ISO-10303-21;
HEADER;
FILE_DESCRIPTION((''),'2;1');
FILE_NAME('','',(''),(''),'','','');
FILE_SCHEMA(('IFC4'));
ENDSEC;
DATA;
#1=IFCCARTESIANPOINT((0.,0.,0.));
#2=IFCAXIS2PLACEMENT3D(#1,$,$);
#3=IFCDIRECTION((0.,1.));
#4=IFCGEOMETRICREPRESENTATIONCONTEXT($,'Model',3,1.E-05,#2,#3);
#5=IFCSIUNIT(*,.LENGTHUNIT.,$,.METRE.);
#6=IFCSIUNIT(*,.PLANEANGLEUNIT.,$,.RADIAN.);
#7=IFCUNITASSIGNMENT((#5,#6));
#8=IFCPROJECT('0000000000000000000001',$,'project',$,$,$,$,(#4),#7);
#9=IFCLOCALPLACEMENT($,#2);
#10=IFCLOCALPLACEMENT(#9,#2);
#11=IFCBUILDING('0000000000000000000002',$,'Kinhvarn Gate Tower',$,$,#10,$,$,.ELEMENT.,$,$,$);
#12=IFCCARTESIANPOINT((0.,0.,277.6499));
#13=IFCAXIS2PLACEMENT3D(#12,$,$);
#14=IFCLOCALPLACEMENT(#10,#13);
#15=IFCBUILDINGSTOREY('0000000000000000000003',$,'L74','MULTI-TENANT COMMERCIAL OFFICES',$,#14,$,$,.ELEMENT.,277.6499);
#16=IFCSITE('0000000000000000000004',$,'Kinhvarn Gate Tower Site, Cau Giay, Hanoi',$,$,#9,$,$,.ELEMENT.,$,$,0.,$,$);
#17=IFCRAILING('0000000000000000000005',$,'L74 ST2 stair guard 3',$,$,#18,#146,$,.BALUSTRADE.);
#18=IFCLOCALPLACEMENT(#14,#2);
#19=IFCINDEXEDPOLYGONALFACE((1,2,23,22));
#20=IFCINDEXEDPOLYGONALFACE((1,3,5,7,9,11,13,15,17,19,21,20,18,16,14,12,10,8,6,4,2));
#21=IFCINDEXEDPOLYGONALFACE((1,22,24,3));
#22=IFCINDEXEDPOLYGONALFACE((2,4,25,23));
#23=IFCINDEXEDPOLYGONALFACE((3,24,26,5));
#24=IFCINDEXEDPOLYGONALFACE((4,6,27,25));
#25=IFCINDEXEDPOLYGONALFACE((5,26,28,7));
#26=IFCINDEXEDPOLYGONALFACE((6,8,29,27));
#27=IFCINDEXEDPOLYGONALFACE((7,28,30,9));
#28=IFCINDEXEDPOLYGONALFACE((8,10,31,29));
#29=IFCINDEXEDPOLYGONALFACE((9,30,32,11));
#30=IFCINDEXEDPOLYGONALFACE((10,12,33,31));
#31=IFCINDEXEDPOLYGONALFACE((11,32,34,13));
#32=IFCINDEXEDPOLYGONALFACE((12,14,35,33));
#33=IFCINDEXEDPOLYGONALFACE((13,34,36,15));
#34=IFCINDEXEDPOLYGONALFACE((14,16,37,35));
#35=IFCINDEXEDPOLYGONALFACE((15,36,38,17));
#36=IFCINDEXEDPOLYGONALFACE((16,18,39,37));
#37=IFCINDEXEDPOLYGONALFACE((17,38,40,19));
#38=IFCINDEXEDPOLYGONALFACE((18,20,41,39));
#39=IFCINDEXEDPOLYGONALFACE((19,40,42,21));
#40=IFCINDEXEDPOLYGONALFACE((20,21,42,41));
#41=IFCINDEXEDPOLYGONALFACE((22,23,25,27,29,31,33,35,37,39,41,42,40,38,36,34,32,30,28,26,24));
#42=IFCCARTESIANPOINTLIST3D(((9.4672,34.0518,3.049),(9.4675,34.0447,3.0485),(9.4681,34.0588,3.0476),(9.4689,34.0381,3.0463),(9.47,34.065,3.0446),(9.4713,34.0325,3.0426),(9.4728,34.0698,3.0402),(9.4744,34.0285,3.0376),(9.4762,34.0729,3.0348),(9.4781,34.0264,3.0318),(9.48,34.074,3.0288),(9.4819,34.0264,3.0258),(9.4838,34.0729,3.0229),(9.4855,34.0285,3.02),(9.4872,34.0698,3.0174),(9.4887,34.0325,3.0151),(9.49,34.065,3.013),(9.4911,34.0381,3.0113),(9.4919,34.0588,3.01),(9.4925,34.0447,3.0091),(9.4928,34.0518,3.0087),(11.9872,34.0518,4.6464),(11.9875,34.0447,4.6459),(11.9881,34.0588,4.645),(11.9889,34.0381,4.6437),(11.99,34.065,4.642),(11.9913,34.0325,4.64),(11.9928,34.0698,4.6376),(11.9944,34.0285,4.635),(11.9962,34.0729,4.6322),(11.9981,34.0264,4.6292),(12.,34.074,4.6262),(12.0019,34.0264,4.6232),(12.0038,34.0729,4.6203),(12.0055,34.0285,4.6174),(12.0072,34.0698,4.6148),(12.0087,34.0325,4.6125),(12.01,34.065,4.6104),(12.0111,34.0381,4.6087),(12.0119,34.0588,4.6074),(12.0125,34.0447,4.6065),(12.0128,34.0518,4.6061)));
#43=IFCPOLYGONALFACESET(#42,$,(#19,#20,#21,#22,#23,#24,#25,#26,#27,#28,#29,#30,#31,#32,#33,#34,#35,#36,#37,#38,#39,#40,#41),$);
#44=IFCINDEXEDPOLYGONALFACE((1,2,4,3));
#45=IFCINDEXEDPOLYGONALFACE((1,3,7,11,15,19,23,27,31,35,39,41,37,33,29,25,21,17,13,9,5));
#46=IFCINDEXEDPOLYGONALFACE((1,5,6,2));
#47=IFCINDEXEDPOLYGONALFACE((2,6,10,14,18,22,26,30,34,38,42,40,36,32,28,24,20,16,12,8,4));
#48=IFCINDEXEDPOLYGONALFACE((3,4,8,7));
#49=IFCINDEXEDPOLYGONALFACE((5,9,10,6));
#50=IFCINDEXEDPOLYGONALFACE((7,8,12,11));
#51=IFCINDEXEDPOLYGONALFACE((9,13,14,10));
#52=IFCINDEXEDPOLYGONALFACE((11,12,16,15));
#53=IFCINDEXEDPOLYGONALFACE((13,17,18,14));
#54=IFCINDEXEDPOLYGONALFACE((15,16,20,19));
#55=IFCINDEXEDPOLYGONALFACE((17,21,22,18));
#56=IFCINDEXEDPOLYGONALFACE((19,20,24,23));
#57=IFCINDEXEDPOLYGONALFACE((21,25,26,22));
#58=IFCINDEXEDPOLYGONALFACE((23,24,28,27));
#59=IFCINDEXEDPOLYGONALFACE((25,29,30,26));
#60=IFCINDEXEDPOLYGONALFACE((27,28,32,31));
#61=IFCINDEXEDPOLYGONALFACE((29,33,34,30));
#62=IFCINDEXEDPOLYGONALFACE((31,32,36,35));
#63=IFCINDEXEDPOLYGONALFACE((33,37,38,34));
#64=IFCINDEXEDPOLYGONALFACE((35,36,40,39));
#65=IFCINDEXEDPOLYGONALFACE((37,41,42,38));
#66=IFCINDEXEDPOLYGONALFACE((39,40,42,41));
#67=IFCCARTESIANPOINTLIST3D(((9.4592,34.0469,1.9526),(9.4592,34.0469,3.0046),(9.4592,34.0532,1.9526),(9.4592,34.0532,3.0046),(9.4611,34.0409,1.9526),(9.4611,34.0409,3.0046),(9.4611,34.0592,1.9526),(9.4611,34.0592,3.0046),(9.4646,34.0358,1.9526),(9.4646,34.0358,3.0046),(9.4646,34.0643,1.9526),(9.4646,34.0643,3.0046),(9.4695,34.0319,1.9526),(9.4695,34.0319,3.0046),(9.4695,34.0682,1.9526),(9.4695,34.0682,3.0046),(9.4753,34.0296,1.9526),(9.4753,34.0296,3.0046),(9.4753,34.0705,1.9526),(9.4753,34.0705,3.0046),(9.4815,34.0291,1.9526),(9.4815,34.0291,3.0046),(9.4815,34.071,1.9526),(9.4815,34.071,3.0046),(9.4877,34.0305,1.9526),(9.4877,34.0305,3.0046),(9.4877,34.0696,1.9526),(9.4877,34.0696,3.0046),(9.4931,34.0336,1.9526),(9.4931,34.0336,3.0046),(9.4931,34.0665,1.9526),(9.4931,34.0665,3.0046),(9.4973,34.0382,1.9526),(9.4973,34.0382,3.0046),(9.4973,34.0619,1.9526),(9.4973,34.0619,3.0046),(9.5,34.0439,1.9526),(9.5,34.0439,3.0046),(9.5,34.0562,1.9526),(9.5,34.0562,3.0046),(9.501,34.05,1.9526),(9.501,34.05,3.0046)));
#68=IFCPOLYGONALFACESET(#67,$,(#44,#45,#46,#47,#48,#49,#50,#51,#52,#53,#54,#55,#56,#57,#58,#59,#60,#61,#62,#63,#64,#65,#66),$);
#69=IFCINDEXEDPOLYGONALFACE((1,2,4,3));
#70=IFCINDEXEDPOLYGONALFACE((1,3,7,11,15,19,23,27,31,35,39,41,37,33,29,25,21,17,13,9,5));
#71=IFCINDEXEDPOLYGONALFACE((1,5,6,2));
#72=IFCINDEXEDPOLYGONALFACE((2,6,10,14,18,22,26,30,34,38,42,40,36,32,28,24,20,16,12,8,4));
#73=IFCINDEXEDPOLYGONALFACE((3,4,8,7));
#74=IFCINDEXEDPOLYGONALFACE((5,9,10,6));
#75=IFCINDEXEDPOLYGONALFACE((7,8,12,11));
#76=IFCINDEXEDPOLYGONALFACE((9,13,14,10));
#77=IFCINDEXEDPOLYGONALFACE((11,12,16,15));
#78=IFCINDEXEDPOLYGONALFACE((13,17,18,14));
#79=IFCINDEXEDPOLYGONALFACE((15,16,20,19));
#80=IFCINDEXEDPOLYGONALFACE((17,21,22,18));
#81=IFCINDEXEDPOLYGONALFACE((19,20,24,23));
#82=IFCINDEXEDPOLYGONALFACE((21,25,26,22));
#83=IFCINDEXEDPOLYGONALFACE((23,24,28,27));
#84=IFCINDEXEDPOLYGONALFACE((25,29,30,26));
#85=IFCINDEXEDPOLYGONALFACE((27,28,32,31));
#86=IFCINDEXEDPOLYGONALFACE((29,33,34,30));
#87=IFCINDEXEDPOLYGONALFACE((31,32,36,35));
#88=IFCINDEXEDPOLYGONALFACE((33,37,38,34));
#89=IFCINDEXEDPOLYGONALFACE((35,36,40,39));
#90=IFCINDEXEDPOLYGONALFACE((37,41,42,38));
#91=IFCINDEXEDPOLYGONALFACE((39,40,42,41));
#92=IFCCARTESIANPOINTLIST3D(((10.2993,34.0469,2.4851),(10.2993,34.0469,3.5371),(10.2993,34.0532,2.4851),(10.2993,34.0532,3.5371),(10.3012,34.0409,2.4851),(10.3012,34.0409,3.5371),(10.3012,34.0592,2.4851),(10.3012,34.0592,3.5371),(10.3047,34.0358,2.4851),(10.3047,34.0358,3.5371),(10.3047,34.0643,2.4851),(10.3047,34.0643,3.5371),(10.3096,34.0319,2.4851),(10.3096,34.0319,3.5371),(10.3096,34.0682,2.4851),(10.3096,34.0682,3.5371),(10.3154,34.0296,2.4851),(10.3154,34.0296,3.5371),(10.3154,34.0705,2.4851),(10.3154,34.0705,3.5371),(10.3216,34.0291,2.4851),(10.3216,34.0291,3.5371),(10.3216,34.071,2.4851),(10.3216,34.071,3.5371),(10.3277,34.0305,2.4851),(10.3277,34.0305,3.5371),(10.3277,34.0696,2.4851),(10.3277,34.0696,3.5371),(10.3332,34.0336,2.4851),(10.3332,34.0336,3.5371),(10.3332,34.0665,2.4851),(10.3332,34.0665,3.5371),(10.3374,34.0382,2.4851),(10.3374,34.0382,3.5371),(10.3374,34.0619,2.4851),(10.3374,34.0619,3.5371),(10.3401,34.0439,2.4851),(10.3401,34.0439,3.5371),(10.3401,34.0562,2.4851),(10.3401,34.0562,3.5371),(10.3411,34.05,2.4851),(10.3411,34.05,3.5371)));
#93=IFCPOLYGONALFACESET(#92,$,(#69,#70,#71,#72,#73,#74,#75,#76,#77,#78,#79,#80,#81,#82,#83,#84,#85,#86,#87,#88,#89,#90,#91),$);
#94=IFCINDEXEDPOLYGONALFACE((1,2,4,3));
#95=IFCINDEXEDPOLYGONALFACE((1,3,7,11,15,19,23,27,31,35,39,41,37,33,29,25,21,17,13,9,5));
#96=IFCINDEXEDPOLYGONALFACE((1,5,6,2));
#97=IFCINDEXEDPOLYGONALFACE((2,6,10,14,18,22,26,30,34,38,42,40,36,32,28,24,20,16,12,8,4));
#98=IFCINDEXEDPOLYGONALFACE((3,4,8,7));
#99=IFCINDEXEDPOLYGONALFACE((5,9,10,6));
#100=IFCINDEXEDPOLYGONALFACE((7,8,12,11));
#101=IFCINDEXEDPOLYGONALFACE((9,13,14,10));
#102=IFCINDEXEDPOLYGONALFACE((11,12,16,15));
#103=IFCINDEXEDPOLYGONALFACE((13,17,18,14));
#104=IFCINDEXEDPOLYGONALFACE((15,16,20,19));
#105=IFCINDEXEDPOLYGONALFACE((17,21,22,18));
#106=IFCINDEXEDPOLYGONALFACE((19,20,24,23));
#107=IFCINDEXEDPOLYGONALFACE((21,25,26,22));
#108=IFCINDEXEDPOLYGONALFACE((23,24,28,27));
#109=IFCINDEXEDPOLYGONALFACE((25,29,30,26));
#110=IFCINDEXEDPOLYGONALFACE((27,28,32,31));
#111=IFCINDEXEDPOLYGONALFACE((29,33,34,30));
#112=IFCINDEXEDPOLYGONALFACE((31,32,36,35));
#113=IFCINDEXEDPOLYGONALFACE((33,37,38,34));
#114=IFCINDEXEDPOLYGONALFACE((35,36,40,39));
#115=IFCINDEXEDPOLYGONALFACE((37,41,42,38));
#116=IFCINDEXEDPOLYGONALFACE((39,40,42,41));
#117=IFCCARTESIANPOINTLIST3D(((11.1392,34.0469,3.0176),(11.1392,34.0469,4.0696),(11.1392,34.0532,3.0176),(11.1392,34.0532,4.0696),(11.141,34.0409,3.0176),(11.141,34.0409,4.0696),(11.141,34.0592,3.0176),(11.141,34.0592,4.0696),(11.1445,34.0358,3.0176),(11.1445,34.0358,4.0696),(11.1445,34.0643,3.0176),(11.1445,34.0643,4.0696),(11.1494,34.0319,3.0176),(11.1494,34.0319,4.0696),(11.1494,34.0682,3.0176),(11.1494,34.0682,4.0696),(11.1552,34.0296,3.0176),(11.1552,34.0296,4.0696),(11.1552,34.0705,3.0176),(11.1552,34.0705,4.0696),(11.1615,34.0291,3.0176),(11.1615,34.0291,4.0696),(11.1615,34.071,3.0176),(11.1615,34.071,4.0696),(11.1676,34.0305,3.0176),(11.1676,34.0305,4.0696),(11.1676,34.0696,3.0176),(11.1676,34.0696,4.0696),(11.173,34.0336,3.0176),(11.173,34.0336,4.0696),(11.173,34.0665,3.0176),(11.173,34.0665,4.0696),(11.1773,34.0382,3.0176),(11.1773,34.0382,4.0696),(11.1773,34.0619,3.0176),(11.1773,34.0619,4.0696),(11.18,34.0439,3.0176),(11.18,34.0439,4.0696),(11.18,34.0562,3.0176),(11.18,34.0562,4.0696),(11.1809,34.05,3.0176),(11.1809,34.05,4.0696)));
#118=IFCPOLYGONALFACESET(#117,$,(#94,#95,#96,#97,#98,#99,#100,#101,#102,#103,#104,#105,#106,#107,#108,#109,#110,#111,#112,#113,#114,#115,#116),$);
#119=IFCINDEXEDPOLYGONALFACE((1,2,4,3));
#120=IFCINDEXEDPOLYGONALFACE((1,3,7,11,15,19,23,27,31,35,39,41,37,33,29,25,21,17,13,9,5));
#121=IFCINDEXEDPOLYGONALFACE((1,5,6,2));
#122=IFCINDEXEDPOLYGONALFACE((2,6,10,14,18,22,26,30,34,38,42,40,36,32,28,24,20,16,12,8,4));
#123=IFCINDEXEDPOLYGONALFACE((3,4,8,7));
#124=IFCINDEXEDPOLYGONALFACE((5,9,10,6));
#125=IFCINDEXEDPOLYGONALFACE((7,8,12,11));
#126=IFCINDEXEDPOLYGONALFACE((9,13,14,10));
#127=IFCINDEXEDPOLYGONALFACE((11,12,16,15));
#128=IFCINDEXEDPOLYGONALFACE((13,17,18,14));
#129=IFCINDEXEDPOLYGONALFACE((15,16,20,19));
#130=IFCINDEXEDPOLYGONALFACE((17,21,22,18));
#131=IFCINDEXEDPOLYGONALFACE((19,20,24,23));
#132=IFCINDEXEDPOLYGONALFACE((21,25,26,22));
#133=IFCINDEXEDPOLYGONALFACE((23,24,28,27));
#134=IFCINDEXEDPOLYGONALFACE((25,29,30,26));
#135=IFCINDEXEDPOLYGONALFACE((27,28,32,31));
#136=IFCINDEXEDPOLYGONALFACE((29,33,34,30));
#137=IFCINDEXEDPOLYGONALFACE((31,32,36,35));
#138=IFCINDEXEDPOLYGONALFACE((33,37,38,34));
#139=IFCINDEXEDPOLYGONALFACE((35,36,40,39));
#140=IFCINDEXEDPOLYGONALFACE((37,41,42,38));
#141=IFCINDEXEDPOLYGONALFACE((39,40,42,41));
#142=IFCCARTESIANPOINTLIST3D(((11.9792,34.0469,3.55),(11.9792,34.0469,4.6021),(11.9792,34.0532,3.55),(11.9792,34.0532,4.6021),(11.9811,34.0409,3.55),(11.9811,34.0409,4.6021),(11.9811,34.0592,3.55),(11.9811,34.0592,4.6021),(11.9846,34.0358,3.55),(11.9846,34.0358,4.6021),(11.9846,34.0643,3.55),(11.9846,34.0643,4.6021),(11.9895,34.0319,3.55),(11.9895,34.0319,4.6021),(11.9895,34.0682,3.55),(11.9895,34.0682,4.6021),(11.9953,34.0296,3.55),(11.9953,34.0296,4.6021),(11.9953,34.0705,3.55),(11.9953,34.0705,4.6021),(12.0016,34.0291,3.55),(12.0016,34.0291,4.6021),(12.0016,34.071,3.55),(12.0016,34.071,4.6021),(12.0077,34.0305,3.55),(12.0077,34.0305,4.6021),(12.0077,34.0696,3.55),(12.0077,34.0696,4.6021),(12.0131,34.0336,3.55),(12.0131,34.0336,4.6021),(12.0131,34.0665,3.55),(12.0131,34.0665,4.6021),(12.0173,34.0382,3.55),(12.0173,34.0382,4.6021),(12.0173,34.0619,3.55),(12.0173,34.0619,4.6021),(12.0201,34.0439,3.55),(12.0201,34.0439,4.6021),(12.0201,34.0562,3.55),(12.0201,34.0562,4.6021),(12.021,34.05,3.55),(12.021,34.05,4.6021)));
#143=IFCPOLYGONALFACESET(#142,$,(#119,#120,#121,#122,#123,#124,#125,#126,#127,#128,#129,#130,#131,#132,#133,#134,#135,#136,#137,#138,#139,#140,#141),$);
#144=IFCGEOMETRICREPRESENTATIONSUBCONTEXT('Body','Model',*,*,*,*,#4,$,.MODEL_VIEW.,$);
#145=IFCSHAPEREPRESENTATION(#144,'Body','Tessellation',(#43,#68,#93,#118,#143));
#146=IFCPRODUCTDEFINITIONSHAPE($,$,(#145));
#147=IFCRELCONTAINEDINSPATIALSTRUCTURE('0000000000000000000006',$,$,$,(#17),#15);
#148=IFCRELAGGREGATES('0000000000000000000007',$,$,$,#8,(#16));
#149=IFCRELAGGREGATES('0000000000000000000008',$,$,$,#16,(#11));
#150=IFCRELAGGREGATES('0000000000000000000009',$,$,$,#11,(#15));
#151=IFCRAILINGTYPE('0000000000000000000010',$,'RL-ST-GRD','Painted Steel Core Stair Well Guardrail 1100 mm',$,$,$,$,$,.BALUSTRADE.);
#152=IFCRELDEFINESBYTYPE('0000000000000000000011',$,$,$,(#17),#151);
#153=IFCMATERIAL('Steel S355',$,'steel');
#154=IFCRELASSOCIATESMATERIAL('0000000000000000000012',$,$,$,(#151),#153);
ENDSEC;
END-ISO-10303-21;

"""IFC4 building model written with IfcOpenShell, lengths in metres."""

from ifc_helpers import new_model, si_unit, direction, frame, origin, origin_2d, place, context, subcontext, project, spatial, circle, extrude, material, type_object, element, save


model = new_model("IFC4")

# Units and contexts
model_context = context("Model", 3, precision=1e-05, world=origin(), true_north=direction((0.0, 1.0)))
body_context = subcontext(model_context, "Body", "Model", "MODEL_VIEW")
ifc_project = project(units=[si_unit("LENGTHUNIT", "METRE"), si_unit("PLANEANGLEUNIT", "RADIAN")], contexts=[model_context])

# Site, building, storey
site_placement = place(None, origin())
site = spatial("IfcSite", under=ifc_project, at=site_placement, Name="Kinhvarn Gate Tower Site, Cau Giay, Hanoi", CompositionType="ELEMENT", RefElevation=0.0)
building_placement = place(site_placement, origin())
building = spatial("IfcBuilding", under=site, at=building_placement, Name="Kinhvarn Gate Tower", CompositionType="ELEMENT")
storey_placement = place(building_placement, frame((0.0, 0.0, 277.6499)))
storey = spatial("IfcBuildingStorey", under=building, at=storey_placement, Name="L74", Description="MULTI-TENANT COMMERCIAL OFFICES", CompositionType="ELEMENT", Elevation=277.6499)

# Railing
ifc_material_1 = material(Name="Steel S355", Category="steel")
railing_type_1 = type_object("IfcRailingType", Name="RL-ST-GRD", Description="Painted Steel Core Stair Well Guardrail 1100 mm", PredefinedType="BALUSTRADE", material=ifc_material_1)
railing_1_placement = place(storey_placement, frame((9.48, 34.05, 1.9526)))
element("IfcRailing", 1, at=railing_1_placement, inside=storey, type_object=railing_type_1, Name="L74 ST2 stair guard 3", PredefinedType="BALUSTRADE", context=body_context, shape_type="SweptSolid", body=[
    extrude(circle(Radius=0.0239, at=origin_2d()), frame((0.0, 0.0, 1.0762), z_axis=(0.844607, 0.0, 0.535387), x_axis=(0.0, 1.0, 0.0)), (0.0, 0.0, 1.0), 2.9836),
    extrude(circle(Radius=0.021, at=origin_2d()), origin(), (0.0, 0.0, 1.0), 1.052),
    extrude(circle(Radius=0.021, at=origin_2d()), frame((0.8401, 0.0, 0.5325)), (0.0, 0.0, 1.0), 1.052),
    extrude(circle(Radius=0.021, at=origin_2d()), frame((1.6799, 0.0, 1.0649)), (0.0, 0.0, 1.0), 1.052),
    extrude(circle(Radius=0.021, at=origin_2d()), frame((2.52, 0.0, 1.5974)), (0.0, 0.0, 1.0), 1.052),
])

save(model, "model.ifc")
